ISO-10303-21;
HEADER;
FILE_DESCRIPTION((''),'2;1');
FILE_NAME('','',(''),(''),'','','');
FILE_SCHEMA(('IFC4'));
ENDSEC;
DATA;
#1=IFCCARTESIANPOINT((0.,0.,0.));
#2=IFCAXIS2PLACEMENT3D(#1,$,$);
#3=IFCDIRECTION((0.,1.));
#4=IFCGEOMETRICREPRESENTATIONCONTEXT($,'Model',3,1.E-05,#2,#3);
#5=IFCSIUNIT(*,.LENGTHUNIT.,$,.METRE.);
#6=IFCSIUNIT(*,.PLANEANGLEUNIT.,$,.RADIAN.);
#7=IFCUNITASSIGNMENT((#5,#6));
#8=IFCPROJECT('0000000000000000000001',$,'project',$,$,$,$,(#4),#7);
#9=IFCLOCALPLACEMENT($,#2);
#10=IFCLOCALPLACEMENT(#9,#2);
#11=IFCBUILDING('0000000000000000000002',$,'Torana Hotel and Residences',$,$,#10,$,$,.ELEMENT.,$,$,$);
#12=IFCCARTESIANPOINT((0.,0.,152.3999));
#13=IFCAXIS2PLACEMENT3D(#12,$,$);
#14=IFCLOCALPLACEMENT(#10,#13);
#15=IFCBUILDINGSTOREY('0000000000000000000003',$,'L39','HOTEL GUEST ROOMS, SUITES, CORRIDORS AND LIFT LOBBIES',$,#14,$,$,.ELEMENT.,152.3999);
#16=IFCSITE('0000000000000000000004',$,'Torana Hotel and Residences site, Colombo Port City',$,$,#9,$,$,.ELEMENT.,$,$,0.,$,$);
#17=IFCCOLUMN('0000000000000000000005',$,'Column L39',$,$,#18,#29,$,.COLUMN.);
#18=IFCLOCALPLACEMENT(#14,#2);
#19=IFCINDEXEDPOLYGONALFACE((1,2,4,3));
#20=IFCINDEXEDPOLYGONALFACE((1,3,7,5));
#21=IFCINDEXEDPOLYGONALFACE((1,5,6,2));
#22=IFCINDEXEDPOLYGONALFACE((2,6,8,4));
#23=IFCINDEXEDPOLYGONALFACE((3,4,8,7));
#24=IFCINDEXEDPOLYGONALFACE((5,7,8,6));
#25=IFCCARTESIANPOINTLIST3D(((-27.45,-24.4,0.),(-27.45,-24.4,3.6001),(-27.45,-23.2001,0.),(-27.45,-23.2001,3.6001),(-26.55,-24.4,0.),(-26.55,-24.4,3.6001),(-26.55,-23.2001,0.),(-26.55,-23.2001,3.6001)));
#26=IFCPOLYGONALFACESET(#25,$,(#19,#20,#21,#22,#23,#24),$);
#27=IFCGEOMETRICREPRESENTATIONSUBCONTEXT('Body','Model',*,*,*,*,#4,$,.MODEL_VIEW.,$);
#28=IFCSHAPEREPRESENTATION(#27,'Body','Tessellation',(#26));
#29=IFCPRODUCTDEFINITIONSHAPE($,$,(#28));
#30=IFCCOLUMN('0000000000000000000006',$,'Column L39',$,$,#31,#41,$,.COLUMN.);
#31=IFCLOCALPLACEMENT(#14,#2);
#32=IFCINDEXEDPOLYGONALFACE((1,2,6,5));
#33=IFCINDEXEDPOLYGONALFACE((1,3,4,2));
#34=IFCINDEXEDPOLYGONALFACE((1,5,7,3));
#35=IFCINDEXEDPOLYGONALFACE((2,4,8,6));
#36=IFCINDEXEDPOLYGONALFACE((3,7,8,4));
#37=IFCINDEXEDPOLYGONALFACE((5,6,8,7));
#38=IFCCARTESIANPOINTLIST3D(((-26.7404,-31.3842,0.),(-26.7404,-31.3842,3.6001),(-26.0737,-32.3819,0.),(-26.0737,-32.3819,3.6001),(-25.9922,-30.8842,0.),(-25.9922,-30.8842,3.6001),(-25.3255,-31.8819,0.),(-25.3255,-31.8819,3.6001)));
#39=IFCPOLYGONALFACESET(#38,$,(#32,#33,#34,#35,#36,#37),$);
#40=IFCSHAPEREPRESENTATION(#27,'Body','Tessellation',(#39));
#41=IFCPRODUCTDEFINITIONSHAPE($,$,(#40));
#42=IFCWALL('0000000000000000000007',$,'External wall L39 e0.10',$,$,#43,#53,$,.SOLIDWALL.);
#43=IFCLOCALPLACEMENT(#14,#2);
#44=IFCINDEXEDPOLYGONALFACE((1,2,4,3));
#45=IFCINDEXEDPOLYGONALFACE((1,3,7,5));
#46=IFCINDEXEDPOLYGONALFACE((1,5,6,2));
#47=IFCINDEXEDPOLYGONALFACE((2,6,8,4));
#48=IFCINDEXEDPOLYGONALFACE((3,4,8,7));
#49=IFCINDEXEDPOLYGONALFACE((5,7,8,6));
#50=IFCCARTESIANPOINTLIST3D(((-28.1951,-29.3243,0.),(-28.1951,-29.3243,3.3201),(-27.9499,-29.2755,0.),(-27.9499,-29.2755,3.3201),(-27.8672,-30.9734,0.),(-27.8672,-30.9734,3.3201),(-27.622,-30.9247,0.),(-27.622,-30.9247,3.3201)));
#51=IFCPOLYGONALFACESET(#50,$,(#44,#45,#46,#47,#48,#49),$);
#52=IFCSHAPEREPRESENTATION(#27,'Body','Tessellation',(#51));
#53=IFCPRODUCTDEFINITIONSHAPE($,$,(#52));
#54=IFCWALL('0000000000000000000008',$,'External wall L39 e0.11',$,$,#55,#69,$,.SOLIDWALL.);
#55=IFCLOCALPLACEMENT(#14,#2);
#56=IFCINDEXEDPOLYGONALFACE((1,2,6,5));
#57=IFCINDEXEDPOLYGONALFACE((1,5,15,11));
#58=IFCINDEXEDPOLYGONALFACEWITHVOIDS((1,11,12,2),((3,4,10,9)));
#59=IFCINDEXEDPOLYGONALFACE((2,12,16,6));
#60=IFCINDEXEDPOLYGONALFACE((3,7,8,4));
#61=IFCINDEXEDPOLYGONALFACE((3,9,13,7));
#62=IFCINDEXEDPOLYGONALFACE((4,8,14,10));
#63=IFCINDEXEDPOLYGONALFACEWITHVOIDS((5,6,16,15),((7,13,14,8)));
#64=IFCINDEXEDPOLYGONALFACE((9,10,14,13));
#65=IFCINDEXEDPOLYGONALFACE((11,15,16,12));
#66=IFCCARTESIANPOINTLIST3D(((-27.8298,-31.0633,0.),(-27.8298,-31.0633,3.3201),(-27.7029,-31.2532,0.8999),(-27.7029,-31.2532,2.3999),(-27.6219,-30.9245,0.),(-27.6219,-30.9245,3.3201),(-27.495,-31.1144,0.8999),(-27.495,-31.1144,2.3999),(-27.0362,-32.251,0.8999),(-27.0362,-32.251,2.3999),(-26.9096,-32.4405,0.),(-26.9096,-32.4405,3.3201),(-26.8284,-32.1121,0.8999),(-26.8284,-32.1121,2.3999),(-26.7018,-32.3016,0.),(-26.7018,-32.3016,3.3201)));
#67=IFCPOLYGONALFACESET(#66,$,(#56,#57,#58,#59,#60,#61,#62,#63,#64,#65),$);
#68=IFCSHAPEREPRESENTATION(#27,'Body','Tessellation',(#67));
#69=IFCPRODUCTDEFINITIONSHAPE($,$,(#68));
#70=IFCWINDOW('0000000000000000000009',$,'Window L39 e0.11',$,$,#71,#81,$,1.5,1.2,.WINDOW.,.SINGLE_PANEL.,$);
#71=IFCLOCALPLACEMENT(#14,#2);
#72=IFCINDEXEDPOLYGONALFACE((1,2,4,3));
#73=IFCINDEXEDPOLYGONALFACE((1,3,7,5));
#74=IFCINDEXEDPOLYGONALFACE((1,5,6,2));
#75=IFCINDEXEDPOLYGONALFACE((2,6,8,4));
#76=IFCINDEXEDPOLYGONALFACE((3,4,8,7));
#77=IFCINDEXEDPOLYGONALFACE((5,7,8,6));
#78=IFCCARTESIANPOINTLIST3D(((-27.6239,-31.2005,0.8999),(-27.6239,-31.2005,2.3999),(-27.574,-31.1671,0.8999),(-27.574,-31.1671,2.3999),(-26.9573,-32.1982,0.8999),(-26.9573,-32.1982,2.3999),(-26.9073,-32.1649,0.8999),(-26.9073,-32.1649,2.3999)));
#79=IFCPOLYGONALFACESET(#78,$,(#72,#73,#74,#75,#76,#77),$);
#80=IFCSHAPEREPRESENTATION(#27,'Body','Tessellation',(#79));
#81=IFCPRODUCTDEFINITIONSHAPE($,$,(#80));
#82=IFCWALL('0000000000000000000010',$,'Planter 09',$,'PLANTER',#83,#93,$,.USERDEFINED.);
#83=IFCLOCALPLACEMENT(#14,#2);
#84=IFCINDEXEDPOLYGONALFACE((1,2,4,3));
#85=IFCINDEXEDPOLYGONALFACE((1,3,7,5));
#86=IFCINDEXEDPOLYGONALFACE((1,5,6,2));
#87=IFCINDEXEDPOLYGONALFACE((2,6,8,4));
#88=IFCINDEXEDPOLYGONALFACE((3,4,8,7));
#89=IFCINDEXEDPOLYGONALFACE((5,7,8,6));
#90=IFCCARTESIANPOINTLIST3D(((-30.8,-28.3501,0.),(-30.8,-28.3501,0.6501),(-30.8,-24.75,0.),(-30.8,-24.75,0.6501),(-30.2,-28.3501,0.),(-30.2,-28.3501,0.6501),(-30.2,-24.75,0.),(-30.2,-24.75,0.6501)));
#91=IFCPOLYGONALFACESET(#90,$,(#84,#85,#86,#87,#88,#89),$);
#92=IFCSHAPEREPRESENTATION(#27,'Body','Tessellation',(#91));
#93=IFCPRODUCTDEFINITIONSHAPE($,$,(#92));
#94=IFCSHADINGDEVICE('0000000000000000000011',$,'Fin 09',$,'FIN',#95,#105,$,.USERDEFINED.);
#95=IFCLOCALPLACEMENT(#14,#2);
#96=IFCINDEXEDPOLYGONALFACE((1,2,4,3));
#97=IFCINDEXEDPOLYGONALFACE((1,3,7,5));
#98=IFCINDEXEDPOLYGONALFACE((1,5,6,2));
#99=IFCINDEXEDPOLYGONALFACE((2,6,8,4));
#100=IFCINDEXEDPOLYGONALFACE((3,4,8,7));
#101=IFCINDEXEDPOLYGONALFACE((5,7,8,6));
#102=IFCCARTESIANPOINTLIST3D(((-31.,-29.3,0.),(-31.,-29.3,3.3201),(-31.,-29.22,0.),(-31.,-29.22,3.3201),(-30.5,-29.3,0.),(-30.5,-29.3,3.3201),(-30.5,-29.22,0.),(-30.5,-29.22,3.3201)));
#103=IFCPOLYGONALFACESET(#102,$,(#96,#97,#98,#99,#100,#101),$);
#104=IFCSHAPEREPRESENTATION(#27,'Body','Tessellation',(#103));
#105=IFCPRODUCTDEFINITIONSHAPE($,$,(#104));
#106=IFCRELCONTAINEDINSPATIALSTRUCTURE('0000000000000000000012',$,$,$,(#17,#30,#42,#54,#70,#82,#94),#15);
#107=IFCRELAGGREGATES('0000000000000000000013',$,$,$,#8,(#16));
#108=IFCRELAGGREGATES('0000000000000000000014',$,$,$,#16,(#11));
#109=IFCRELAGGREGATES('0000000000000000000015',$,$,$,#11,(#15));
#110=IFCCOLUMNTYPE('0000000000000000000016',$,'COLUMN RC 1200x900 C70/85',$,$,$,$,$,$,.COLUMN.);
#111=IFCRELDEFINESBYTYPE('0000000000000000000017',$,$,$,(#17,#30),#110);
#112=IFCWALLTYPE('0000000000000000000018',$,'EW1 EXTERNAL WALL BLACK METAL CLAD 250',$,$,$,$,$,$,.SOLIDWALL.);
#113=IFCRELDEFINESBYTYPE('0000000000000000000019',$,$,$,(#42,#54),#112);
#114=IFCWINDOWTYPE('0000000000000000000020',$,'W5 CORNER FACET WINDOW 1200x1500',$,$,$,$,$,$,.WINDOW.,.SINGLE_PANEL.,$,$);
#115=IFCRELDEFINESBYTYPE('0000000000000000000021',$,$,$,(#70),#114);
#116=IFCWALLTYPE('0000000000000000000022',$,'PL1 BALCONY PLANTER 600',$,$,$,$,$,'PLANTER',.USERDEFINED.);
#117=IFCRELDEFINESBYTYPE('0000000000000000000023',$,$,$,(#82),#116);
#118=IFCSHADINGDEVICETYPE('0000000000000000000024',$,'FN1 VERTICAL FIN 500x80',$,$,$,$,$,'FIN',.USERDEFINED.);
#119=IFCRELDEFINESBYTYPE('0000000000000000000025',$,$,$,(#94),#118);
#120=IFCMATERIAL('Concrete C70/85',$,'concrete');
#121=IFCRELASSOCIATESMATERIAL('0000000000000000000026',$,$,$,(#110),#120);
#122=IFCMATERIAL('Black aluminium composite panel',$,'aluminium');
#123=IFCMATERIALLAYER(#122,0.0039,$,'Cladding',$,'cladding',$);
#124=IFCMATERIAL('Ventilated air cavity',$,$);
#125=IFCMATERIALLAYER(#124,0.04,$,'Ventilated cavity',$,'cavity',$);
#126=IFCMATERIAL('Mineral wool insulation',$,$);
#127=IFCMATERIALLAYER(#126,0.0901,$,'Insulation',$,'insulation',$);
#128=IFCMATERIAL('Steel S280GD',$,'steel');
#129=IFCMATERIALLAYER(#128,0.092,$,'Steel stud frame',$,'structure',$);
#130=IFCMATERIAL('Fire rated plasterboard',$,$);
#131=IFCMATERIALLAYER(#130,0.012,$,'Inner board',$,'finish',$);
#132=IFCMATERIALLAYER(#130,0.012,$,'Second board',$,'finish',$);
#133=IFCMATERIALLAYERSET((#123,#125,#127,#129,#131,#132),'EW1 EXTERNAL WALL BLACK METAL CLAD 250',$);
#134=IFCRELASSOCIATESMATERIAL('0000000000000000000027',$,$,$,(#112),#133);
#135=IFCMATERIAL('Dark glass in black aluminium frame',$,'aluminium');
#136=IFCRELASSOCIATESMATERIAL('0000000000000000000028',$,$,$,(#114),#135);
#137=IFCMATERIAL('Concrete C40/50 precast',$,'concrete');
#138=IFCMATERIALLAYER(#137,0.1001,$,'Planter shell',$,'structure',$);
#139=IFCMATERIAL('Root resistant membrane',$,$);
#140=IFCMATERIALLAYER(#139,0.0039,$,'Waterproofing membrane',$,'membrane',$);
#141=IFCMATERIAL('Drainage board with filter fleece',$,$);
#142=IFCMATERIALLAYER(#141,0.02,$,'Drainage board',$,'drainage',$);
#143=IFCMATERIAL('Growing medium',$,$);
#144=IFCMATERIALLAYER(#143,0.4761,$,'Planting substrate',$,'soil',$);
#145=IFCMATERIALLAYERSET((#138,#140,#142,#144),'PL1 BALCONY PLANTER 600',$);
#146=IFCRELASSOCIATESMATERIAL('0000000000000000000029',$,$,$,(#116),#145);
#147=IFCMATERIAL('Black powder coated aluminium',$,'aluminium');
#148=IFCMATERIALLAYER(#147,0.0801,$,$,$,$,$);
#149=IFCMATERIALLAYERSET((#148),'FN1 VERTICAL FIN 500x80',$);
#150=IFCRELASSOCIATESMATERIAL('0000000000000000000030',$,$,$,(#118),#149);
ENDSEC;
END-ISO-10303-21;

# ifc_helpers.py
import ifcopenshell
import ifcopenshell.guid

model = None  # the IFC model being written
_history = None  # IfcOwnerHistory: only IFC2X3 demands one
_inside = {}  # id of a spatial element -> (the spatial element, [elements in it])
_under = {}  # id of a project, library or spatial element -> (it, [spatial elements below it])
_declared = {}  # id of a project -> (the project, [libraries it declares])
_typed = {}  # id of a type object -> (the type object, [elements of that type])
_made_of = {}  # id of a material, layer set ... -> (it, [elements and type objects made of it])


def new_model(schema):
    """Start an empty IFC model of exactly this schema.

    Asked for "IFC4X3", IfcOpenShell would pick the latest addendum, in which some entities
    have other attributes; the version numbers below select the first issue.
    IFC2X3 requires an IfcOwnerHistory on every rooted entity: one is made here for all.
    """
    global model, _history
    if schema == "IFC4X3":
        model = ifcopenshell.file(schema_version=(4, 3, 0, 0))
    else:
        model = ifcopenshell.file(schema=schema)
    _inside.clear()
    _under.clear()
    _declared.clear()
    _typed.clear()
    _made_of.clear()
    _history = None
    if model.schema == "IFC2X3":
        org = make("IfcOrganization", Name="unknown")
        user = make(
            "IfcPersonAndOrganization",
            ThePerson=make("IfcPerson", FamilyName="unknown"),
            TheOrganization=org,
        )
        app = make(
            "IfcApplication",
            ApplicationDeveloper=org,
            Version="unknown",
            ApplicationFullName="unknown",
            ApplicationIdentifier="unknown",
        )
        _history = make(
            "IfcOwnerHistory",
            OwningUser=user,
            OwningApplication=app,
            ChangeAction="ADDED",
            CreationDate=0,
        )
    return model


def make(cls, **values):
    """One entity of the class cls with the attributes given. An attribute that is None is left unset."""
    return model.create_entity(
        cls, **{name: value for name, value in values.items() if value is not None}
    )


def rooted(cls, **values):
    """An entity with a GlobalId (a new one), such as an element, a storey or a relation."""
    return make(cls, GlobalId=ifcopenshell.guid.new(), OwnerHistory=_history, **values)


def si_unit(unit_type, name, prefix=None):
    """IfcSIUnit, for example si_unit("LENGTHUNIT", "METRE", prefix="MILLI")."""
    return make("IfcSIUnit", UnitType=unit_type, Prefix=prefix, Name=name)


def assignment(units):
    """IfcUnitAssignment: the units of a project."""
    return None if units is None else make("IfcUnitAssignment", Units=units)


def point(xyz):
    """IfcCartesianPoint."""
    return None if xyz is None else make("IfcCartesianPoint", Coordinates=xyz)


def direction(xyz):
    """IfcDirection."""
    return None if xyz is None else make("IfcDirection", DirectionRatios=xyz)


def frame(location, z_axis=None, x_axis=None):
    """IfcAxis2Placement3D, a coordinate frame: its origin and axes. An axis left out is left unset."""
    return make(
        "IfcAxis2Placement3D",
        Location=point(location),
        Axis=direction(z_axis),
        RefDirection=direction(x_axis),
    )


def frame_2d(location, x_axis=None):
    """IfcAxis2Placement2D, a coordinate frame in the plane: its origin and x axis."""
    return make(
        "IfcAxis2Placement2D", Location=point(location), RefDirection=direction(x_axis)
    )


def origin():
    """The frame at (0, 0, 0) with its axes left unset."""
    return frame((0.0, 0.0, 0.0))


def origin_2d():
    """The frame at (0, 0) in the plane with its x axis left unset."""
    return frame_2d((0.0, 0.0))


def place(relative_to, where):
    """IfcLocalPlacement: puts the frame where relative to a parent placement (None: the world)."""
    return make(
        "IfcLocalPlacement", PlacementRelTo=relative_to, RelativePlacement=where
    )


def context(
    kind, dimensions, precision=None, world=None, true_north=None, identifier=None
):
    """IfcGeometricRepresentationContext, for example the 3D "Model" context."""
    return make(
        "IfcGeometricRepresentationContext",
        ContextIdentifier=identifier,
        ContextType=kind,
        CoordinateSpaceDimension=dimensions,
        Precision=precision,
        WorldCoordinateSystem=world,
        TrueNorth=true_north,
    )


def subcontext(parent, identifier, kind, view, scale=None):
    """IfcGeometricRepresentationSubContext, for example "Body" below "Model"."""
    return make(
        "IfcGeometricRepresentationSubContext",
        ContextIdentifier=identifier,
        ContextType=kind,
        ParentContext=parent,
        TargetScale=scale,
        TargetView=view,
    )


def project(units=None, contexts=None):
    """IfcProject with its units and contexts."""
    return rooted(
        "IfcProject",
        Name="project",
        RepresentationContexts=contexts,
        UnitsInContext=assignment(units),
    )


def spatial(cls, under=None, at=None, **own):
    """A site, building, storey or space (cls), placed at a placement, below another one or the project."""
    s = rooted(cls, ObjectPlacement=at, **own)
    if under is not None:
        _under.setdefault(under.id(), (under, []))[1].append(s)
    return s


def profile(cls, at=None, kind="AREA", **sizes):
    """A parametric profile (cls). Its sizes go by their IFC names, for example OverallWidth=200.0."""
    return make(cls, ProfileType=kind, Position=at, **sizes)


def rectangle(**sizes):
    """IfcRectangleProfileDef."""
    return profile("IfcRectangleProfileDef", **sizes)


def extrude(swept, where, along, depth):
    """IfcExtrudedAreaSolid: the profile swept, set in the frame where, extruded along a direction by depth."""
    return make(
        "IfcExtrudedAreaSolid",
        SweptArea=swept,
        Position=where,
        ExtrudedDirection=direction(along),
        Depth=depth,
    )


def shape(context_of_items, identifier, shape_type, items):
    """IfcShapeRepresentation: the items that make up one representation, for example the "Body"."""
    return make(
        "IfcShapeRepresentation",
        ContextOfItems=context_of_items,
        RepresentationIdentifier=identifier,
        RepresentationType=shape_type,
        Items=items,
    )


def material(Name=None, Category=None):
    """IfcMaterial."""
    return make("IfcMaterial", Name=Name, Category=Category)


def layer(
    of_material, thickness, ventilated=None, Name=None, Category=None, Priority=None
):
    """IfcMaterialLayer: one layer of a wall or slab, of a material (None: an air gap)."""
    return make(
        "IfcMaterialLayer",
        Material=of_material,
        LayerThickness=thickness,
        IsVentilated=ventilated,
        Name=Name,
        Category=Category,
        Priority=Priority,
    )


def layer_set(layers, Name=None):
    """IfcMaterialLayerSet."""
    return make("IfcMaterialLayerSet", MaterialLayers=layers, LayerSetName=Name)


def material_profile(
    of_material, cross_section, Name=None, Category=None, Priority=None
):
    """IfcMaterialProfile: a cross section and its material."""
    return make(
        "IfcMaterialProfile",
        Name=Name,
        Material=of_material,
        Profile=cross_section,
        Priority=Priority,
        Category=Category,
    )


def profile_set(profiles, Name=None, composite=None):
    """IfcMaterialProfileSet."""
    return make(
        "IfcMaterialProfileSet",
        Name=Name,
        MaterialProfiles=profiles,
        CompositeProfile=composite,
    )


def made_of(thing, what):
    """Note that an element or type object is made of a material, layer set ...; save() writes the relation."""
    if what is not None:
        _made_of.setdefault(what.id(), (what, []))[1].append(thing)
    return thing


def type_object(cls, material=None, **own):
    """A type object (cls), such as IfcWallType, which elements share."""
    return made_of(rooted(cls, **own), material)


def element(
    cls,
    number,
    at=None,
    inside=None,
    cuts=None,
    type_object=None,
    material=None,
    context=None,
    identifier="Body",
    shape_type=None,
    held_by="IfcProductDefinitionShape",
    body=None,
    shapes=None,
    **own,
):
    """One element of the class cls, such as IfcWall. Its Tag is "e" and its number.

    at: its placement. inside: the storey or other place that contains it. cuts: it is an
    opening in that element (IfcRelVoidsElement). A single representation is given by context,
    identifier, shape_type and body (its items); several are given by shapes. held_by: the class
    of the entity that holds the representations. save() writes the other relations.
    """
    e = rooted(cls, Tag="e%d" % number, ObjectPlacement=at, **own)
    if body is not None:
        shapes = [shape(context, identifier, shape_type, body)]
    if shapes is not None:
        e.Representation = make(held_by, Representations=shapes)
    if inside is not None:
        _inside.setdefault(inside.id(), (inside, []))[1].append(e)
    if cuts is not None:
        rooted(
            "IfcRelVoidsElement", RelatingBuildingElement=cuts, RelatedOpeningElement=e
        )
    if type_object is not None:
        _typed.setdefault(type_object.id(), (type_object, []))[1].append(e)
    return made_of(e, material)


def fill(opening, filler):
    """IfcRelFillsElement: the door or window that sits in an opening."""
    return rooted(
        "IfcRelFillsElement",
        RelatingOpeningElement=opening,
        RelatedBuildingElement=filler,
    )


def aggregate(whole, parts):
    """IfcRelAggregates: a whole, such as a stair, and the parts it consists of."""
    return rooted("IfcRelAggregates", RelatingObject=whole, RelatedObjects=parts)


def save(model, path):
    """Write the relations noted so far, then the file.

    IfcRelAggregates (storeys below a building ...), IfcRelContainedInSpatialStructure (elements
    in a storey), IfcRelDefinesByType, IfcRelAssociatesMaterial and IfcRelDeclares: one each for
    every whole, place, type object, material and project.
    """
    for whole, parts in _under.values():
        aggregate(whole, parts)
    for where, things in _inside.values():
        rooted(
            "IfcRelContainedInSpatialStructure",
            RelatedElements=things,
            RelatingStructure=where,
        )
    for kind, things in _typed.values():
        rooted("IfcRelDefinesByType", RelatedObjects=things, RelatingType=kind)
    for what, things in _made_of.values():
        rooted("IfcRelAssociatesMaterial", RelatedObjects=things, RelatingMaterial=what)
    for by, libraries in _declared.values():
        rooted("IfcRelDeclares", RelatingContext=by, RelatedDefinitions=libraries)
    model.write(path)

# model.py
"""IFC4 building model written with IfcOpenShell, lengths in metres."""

from ifc_helpers import new_model, si_unit, direction, frame, frame_2d, origin, origin_2d, place, context, subcontext, project, spatial, rectangle, extrude, material, layer, layer_set, material_profile, profile_set, type_object, element, fill, save


model = new_model("IFC4")

# Units and contexts
model_context = context("Model", 3, precision=1e-05, world=origin(), true_north=direction((0.0, 1.0)))
body_context = subcontext(model_context, "Body", "Model", "MODEL_VIEW")
ifc_project = project(units=[si_unit("LENGTHUNIT", "METRE"), si_unit("PLANEANGLEUNIT", "RADIAN")], contexts=[model_context])

# Site, building, storey
site_placement = place(None, origin())
site = spatial("IfcSite", under=ifc_project, at=site_placement, Name="Torana Hotel and Residences site, Colombo Port City", CompositionType="ELEMENT", RefElevation=0.0)
building_placement = place(site_placement, origin())
building = spatial("IfcBuilding", under=site, at=building_placement, Name="Torana Hotel and Residences", CompositionType="ELEMENT")
storey_placement = place(building_placement, frame((0.0, 0.0, 152.3999)))
storey = spatial("IfcBuildingStorey", under=building, at=storey_placement, Name="L39", Description="HOTEL GUEST ROOMS, SUITES, CORRIDORS AND LIFT LOBBIES", CompositionType="ELEMENT", Elevation=152.3999)

# Columns
ifc_material_1 = material(Name="Concrete C70/85", Category="concrete")
ifc_material_profile = material_profile(ifc_material_1, rectangle(XDim=1.2, YDim=0.8999, at=origin_2d()), Name="RC 1200x900")
ifc_profile_set = profile_set([ifc_material_profile], Name="Concrete C70/85")
column_type = type_object("IfcColumnType", Name="COLUMN RC 1200x900 C70/85", PredefinedType="COLUMN", material=ifc_profile_set)
for number, where, z_axis, x_axis, name in (
    (1, (-27.0, -23.8, 0.0), (0.0, 0.0, 1.0), (0.0, 1.0, 0.0), "Column L39"),
    (2, (-26.033, -31.6331, 0.0), (0.0, 0.0, 1.0), (-0.555585, 0.83146, 0.0), "Column L39"),
):
    element("IfcColumn", number, at=place(storey_placement, frame(where, z_axis=z_axis, x_axis=x_axis)), inside=storey, type_object=column_type, Name=name, PredefinedType="COLUMN", context=body_context, shape_type="SweptSolid", body=[
        extrude(rectangle(XDim=1.2, YDim=0.8999, at=origin_2d()), origin(), (0.0, 0.0, 1.0), 3.6001),
    ])

# Wall
ifc_material_2 = material(Name="Black aluminium composite panel", Category="aluminium")
ifc_layer_1 = layer(ifc_material_2, 0.0039, Name="Cladding", Category="cladding")
ifc_material_3 = material(Name="Ventilated air cavity")
ifc_layer_2 = layer(ifc_material_3, 0.04, Name="Ventilated cavity", Category="cavity")
ifc_material_4 = material(Name="Mineral wool insulation")
ifc_layer_3 = layer(ifc_material_4, 0.0901, Name="Insulation", Category="insulation")
ifc_material_5 = material(Name="Steel S280GD", Category="steel")
ifc_layer_4 = layer(ifc_material_5, 0.092, Name="Steel stud frame", Category="structure")
ifc_material_6 = material(Name="Fire rated plasterboard")
ifc_layer_5 = layer(ifc_material_6, 0.012, Name="Inner board", Category="finish")
ifc_layer_6 = layer(ifc_material_6, 0.012, Name="Second board", Category="finish")
ifc_layer_set_1 = layer_set([ifc_layer_1, ifc_layer_2, ifc_layer_3, ifc_layer_4, ifc_layer_5, ifc_layer_6], Name="EW1 EXTERNAL WALL BLACK METAL CLAD 250")
wall_type_1 = type_object("IfcWallType", Name="EW1 EXTERNAL WALL BLACK METAL CLAD 250", PredefinedType="SOLIDWALL", material=ifc_layer_set_1)
wall_1_placement = place(storey_placement, frame((-28.0725, -29.2998, 0.0), z_axis=(0.0, 0.0, 1.0), x_axis=(0.194999, -0.980803, 0.0)))
element("IfcWall", 3, at=wall_1_placement, inside=storey, type_object=wall_type_1, Name="External wall L39 e0.10", PredefinedType="SOLIDWALL", context=body_context, shape_type="SweptSolid", body=[
    extrude(rectangle(XDim=1.6814, YDim=0.25, at=frame_2d((0.8408, 0.0))), origin(), (0.0, 0.0, 1.0), 3.3201),
])

# Wall, opening, window
wall_2_placement = place(storey_placement, frame((-27.7258, -30.9939, 0.0), z_axis=(0.0, 0.0, 1.0), x_axis=(0.55555, -0.831483, 0.0)))
wall_2 = element("IfcWall", 4, at=wall_2_placement, inside=storey, type_object=wall_type_1, Name="External wall L39 e0.11", PredefinedType="SOLIDWALL", context=body_context, shape_type="SweptSolid", body=[
    extrude(rectangle(XDim=1.6562, YDim=0.25, at=frame_2d((0.8281, 0.0))), origin(), (0.0, 0.0, 1.0), 3.3201),
])
opening_placement = place(wall_2_placement, frame((0.2283, 0.0, 0.8999)))
opening = element("IfcOpeningElement", 5, at=opening_placement, cuts=wall_2, PredefinedType="OPENING", context=body_context, shape_type="SweptSolid", body=[
    extrude(rectangle(XDim=1.2, YDim=1.5, at=frame_2d((0.6001, 0.75))), frame((0.0, 0.135, 0.0), z_axis=(0.0, -1.0, 0.0), x_axis=(1.0, 0.0, 0.0)), (0.0, 0.0, 1.0), 0.27),
])
ifc_material_7 = material(Name="Dark glass in black aluminium frame", Category="aluminium")
window_type = type_object("IfcWindowType", Name="W5 CORNER FACET WINDOW 1200x1500", PartitioningType="SINGLE_PANEL", PredefinedType="WINDOW", material=ifc_material_7)
window_placement = place(opening_placement, origin())
window = element("IfcWindow", 6, at=window_placement, inside=storey, type_object=window_type, Name="Window L39 e0.11", OverallHeight=1.5, OverallWidth=1.2, PartitioningType="SINGLE_PANEL", PredefinedType="WINDOW", context=body_context, shape_type="SweptSolid", body=[
    extrude(rectangle(XDim=1.2, YDim=1.5, at=frame_2d((0.6001, 0.75))), frame((0.0, 0.03, 0.0), z_axis=(0.0, -1.0, 0.0), x_axis=(1.0, 0.0, 0.0)), (0.0, 0.0, 1.0), 0.0601),
])
fill(opening, window)

# Wall
ifc_material_8 = material(Name="Concrete C40/50 precast", Category="concrete")
ifc_layer_7 = layer(ifc_material_8, 0.1001, Name="Planter shell", Category="structure")
ifc_material_9 = material(Name="Root resistant membrane")
ifc_layer_8 = layer(ifc_material_9, 0.0039, Name="Waterproofing membrane", Category="membrane")
ifc_material_10 = material(Name="Drainage board with filter fleece")
ifc_layer_9 = layer(ifc_material_10, 0.02, Name="Drainage board", Category="drainage")
ifc_material_11 = material(Name="Growing medium")
ifc_layer_10 = layer(ifc_material_11, 0.4761, Name="Planting substrate", Category="soil")
ifc_layer_set_2 = layer_set([ifc_layer_7, ifc_layer_8, ifc_layer_9, ifc_layer_10], Name="PL1 BALCONY PLANTER 600")
wall_type_2 = type_object("IfcWallType", Name="PL1 BALCONY PLANTER 600", ElementType="PLANTER", PredefinedType="USERDEFINED", material=ifc_layer_set_2)
wall_3_placement = place(storey_placement, frame((-30.5, -28.3501, 0.0), z_axis=(0.0, 0.0, 1.0), x_axis=(0.0, 1.0, 0.0)))
element("IfcWall", 7, at=wall_3_placement, inside=storey, type_object=wall_type_2, Name="Planter 09", ObjectType="PLANTER", PredefinedType="USERDEFINED", context=body_context, shape_type="SweptSolid", body=[
    extrude(rectangle(XDim=3.6001, YDim=0.6001, at=frame_2d((1.8, 0.0))), origin(), (0.0, 0.0, 1.0), 0.6501),
])

# Shading device
ifc_material_12 = material(Name="Black powder coated aluminium", Category="aluminium")
ifc_layer_11 = layer(ifc_material_12, 0.0801)
ifc_layer_set_3 = layer_set([ifc_layer_11], Name="FN1 VERTICAL FIN 500x80")
shading_device_type = type_object("IfcShadingDeviceType", Name="FN1 VERTICAL FIN 500x80", ElementType="FIN", PredefinedType="USERDEFINED", material=ifc_layer_set_3)
shading_device_placement = place(storey_placement, frame((-30.75, -29.26, 0.0), z_axis=(0.0, 0.0, 1.0), x_axis=(0.0, 1.0, 0.0)))
element("IfcShadingDevice", 8, at=shading_device_placement, inside=storey, type_object=shading_device_type, Name="Fin 09", ObjectType="FIN", PredefinedType="USERDEFINED", context=body_context, shape_type="SweptSolid", body=[
    extrude(rectangle(XDim=0.0801, YDim=0.5, at=origin_2d()), origin(), (0.0, 0.0, 1.0), 3.3201),
])

save(model, "model.ifc")
